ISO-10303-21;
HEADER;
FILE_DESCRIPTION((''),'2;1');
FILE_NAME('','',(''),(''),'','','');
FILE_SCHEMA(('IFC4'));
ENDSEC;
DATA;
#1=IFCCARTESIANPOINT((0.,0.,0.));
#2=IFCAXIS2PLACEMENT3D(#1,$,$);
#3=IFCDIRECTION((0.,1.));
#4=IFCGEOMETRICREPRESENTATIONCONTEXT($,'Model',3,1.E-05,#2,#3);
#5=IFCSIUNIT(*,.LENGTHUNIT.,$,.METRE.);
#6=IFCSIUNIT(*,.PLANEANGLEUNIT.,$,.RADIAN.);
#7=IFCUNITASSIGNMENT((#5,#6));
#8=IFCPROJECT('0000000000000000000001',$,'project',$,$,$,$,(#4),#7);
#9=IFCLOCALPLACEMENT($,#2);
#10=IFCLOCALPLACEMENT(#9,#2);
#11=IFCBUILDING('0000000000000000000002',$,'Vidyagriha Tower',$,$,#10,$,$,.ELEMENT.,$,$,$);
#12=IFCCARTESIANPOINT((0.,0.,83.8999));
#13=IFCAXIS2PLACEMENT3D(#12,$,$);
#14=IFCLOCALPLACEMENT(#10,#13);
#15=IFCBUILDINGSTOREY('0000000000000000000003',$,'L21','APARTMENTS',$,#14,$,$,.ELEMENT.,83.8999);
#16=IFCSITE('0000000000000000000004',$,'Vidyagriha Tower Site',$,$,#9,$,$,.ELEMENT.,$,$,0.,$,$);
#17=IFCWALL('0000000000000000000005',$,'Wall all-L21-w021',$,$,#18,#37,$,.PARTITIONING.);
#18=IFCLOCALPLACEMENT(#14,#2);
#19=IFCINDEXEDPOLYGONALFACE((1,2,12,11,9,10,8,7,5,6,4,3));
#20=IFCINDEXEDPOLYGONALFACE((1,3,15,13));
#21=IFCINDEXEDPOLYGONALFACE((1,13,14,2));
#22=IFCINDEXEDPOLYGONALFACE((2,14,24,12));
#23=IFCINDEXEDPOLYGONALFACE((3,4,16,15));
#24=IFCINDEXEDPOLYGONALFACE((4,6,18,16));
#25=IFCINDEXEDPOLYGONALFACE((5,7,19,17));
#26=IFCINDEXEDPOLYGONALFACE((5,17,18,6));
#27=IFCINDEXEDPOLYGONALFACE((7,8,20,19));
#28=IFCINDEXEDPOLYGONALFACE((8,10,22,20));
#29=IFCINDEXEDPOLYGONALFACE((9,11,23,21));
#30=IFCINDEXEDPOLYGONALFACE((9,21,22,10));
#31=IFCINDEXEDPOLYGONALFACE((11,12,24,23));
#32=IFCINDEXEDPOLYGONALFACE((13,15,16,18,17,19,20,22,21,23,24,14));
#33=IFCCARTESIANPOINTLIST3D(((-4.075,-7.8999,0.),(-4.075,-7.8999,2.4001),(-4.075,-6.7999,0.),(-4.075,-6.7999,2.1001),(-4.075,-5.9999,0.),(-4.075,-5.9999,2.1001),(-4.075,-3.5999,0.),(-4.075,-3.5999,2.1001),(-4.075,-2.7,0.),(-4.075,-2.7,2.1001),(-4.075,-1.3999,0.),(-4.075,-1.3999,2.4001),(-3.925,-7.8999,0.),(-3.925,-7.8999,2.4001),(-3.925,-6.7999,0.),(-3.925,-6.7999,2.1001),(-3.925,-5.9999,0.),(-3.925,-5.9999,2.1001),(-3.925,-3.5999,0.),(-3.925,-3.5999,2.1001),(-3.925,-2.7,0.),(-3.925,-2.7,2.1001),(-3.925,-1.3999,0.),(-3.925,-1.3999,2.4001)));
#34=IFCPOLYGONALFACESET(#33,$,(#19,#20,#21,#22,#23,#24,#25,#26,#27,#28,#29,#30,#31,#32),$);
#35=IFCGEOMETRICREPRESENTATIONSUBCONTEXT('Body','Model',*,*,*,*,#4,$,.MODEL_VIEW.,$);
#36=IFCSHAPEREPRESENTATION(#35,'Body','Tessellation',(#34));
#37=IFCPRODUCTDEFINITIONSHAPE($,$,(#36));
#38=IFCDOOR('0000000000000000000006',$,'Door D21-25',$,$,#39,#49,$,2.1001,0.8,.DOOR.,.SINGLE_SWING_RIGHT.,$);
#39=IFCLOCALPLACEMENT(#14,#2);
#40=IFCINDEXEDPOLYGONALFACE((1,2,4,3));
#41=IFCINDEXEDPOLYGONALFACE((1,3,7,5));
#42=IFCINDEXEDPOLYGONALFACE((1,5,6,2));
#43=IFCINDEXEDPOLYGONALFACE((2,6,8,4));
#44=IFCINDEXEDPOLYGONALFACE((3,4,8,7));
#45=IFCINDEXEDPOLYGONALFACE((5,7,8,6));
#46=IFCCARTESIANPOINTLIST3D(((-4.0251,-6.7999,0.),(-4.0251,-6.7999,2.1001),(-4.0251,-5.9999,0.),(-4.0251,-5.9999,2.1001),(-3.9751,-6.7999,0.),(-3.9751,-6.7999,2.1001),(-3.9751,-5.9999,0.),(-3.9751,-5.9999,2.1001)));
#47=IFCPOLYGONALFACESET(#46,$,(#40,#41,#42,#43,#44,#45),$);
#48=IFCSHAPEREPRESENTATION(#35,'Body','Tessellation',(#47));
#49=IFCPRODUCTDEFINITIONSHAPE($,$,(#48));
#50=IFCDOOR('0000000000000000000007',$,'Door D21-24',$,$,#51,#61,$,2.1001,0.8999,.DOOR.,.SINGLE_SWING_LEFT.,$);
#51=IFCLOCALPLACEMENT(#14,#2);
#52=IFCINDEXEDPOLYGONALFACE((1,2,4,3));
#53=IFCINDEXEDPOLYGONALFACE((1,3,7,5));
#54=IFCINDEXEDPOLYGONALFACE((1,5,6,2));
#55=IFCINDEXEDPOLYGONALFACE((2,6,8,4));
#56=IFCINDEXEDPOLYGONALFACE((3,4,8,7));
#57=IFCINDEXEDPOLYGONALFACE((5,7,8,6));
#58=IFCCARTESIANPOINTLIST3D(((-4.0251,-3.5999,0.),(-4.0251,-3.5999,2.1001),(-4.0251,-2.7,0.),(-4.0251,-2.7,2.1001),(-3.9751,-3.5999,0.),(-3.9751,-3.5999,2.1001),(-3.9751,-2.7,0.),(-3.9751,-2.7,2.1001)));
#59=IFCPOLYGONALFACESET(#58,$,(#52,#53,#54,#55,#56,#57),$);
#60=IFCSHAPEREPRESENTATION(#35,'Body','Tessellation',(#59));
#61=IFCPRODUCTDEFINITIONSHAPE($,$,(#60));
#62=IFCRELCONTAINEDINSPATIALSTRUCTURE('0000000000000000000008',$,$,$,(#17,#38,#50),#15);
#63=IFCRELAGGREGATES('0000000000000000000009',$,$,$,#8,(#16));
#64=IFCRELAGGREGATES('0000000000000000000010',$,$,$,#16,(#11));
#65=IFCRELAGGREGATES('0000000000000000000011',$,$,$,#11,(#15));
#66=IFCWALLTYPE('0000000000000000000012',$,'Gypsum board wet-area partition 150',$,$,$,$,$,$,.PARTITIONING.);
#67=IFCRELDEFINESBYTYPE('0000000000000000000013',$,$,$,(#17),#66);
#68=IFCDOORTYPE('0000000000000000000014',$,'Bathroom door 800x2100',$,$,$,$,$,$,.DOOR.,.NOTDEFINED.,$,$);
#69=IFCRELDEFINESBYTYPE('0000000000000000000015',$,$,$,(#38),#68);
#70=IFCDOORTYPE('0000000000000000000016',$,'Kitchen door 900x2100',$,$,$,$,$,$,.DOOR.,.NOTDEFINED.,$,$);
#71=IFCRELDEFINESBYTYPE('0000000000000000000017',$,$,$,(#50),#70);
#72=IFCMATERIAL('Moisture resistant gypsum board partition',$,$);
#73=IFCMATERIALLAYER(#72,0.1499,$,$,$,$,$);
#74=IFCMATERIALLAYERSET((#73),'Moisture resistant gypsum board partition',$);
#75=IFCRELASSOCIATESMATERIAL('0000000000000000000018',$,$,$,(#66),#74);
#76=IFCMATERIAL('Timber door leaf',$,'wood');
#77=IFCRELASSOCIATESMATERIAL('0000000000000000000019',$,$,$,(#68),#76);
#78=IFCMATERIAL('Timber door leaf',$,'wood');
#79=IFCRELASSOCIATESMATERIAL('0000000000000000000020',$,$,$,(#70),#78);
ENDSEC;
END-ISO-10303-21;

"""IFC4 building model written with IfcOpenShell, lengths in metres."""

from ifc_helpers import new_model, si_unit, direction, frame, frame_2d, origin, place, context, subcontext, project, spatial, rectangle, extrude, material, layer, layer_set, type_object, element, fill, save


model = new_model("IFC4")

# Units and contexts
model_context = context("Model", 3, precision=1e-05, world=origin(), true_north=direction((0.0, 1.0)))
body_context = subcontext(model_context, "Body", "Model", "MODEL_VIEW")
ifc_project = project(units=[si_unit("LENGTHUNIT", "METRE"), si_unit("PLANEANGLEUNIT", "RADIAN")], contexts=[model_context])

# Site, building, storey
site_placement = place(None, origin())
site = spatial("IfcSite", under=ifc_project, at=site_placement, Name="Vidyagriha Tower Site", CompositionType="ELEMENT", RefElevation=0.0)
building_placement = place(site_placement, origin())
building = spatial("IfcBuilding", under=site, at=building_placement, Name="Vidyagriha Tower", CompositionType="ELEMENT")
storey_placement = place(building_placement, frame((0.0, 0.0, 83.8999)))
storey = spatial("IfcBuildingStorey", under=building, at=storey_placement, Name="L21", Description="APARTMENTS", CompositionType="ELEMENT", Elevation=83.8999)

# Wall, openings, doors
ifc_material_1 = material(Name="Moisture resistant gypsum board partition")
ifc_layer_1 = layer(ifc_material_1, 0.1499)
ifc_layer_set_1 = layer_set([ifc_layer_1], Name="Moisture resistant gypsum board partition")
wall_type_1 = type_object("IfcWallType", Name="Gypsum board wet-area partition 150", PredefinedType="PARTITIONING", material=ifc_layer_set_1)
ifc_material_2 = material(Name="Timber door leaf", Category="wood")
door_type_1 = type_object("IfcDoorType", Name="Bathroom door 800x2100", OperationType="NOTDEFINED", PredefinedType="DOOR", material=ifc_material_2)
ifc_material_3 = material(Name="Timber door leaf", Category="wood")
door_type_2 = type_object("IfcDoorType", Name="Kitchen door 900x2100", OperationType="NOTDEFINED", PredefinedType="DOOR", material=ifc_material_3)
wall_1_placement = place(storey_placement, frame((-4.0, -1.3999, 0.0), z_axis=(0.0, 0.0, 1.0), x_axis=(0.0, -1.0, 0.0)))
wall_1 = element("IfcWall", 1, at=wall_1_placement, inside=storey, type_object=wall_type_1, Name="Wall all-L21-w021", PredefinedType="PARTITIONING", context=body_context, shape_type="SweptSolid", body=[
    extrude(rectangle(XDim=6.5, YDim=0.1499, at=frame_2d((3.25, 0.0))), origin(), (0.0, 0.0, 1.0), 2.4001),
])
opening_1_placement = place(wall_1_placement, frame((1.3, 0.0, 0.0)))
opening_1 = element("IfcOpeningElement", 2, at=opening_1_placement, cuts=wall_1, PredefinedType="OPENING", context=body_context, shape_type="SweptSolid", body=[
    extrude(rectangle(XDim=0.8999, YDim=2.1001, at=frame_2d((0.45, 1.05))), frame((0.0, 0.085, 0.0), z_axis=(0.0, -1.0, 0.0), x_axis=(1.0, 0.0, 0.0)), (0.0, 0.0, 1.0), 0.1699),
])
opening_2_placement = place(wall_1_placement, frame((4.6001, 0.0, 0.0)))
opening_2 = element("IfcOpeningElement", 3, at=opening_2_placement, cuts=wall_1, PredefinedType="OPENING", context=body_context, shape_type="SweptSolid", body=[
    extrude(rectangle(XDim=0.8, YDim=2.1001, at=frame_2d((0.3999, 1.05))), frame((0.0, 0.085, 0.0), z_axis=(0.0, -1.0, 0.0), x_axis=(1.0, 0.0, 0.0)), (0.0, 0.0, 1.0), 0.1699),
])
door_1_placement = place(opening_2_placement, origin())
door_1 = element("IfcDoor", 4, at=door_1_placement, inside=storey, type_object=door_type_1, Name="Door D21-25", OperationType="SINGLE_SWING_RIGHT", OverallHeight=2.1001, OverallWidth=0.8, PredefinedType="DOOR", context=body_context, shape_type="SweptSolid", body=[
    extrude(rectangle(XDim=0.8, YDim=2.1001, at=frame_2d((0.3999, 1.05))), frame((0.0, 0.0249, 0.0), z_axis=(0.0, -1.0, 0.0), x_axis=(1.0, 0.0, 0.0)), (0.0, 0.0, 1.0), 0.05),
])
fill(opening_2, door_1)
door_2_placement = place(opening_1_placement, origin())
door_2 = element("IfcDoor", 5, at=door_2_placement, inside=storey, type_object=door_type_2, Name="Door D21-24", OperationType="SINGLE_SWING_LEFT", OverallHeight=2.1001, OverallWidth=0.8999, PredefinedType="DOOR", context=body_context, shape_type="SweptSolid", body=[
    extrude(rectangle(XDim=0.8999, YDim=2.1001, at=frame_2d((0.45, 1.05))), frame((0.0, 0.0249, 0.0), z_axis=(0.0, -1.0, 0.0), x_axis=(1.0, 0.0, 0.0)), (0.0, 0.0, 1.0), 0.05),
])
fill(opening_1, door_2)

save(model, "model.ifc")
